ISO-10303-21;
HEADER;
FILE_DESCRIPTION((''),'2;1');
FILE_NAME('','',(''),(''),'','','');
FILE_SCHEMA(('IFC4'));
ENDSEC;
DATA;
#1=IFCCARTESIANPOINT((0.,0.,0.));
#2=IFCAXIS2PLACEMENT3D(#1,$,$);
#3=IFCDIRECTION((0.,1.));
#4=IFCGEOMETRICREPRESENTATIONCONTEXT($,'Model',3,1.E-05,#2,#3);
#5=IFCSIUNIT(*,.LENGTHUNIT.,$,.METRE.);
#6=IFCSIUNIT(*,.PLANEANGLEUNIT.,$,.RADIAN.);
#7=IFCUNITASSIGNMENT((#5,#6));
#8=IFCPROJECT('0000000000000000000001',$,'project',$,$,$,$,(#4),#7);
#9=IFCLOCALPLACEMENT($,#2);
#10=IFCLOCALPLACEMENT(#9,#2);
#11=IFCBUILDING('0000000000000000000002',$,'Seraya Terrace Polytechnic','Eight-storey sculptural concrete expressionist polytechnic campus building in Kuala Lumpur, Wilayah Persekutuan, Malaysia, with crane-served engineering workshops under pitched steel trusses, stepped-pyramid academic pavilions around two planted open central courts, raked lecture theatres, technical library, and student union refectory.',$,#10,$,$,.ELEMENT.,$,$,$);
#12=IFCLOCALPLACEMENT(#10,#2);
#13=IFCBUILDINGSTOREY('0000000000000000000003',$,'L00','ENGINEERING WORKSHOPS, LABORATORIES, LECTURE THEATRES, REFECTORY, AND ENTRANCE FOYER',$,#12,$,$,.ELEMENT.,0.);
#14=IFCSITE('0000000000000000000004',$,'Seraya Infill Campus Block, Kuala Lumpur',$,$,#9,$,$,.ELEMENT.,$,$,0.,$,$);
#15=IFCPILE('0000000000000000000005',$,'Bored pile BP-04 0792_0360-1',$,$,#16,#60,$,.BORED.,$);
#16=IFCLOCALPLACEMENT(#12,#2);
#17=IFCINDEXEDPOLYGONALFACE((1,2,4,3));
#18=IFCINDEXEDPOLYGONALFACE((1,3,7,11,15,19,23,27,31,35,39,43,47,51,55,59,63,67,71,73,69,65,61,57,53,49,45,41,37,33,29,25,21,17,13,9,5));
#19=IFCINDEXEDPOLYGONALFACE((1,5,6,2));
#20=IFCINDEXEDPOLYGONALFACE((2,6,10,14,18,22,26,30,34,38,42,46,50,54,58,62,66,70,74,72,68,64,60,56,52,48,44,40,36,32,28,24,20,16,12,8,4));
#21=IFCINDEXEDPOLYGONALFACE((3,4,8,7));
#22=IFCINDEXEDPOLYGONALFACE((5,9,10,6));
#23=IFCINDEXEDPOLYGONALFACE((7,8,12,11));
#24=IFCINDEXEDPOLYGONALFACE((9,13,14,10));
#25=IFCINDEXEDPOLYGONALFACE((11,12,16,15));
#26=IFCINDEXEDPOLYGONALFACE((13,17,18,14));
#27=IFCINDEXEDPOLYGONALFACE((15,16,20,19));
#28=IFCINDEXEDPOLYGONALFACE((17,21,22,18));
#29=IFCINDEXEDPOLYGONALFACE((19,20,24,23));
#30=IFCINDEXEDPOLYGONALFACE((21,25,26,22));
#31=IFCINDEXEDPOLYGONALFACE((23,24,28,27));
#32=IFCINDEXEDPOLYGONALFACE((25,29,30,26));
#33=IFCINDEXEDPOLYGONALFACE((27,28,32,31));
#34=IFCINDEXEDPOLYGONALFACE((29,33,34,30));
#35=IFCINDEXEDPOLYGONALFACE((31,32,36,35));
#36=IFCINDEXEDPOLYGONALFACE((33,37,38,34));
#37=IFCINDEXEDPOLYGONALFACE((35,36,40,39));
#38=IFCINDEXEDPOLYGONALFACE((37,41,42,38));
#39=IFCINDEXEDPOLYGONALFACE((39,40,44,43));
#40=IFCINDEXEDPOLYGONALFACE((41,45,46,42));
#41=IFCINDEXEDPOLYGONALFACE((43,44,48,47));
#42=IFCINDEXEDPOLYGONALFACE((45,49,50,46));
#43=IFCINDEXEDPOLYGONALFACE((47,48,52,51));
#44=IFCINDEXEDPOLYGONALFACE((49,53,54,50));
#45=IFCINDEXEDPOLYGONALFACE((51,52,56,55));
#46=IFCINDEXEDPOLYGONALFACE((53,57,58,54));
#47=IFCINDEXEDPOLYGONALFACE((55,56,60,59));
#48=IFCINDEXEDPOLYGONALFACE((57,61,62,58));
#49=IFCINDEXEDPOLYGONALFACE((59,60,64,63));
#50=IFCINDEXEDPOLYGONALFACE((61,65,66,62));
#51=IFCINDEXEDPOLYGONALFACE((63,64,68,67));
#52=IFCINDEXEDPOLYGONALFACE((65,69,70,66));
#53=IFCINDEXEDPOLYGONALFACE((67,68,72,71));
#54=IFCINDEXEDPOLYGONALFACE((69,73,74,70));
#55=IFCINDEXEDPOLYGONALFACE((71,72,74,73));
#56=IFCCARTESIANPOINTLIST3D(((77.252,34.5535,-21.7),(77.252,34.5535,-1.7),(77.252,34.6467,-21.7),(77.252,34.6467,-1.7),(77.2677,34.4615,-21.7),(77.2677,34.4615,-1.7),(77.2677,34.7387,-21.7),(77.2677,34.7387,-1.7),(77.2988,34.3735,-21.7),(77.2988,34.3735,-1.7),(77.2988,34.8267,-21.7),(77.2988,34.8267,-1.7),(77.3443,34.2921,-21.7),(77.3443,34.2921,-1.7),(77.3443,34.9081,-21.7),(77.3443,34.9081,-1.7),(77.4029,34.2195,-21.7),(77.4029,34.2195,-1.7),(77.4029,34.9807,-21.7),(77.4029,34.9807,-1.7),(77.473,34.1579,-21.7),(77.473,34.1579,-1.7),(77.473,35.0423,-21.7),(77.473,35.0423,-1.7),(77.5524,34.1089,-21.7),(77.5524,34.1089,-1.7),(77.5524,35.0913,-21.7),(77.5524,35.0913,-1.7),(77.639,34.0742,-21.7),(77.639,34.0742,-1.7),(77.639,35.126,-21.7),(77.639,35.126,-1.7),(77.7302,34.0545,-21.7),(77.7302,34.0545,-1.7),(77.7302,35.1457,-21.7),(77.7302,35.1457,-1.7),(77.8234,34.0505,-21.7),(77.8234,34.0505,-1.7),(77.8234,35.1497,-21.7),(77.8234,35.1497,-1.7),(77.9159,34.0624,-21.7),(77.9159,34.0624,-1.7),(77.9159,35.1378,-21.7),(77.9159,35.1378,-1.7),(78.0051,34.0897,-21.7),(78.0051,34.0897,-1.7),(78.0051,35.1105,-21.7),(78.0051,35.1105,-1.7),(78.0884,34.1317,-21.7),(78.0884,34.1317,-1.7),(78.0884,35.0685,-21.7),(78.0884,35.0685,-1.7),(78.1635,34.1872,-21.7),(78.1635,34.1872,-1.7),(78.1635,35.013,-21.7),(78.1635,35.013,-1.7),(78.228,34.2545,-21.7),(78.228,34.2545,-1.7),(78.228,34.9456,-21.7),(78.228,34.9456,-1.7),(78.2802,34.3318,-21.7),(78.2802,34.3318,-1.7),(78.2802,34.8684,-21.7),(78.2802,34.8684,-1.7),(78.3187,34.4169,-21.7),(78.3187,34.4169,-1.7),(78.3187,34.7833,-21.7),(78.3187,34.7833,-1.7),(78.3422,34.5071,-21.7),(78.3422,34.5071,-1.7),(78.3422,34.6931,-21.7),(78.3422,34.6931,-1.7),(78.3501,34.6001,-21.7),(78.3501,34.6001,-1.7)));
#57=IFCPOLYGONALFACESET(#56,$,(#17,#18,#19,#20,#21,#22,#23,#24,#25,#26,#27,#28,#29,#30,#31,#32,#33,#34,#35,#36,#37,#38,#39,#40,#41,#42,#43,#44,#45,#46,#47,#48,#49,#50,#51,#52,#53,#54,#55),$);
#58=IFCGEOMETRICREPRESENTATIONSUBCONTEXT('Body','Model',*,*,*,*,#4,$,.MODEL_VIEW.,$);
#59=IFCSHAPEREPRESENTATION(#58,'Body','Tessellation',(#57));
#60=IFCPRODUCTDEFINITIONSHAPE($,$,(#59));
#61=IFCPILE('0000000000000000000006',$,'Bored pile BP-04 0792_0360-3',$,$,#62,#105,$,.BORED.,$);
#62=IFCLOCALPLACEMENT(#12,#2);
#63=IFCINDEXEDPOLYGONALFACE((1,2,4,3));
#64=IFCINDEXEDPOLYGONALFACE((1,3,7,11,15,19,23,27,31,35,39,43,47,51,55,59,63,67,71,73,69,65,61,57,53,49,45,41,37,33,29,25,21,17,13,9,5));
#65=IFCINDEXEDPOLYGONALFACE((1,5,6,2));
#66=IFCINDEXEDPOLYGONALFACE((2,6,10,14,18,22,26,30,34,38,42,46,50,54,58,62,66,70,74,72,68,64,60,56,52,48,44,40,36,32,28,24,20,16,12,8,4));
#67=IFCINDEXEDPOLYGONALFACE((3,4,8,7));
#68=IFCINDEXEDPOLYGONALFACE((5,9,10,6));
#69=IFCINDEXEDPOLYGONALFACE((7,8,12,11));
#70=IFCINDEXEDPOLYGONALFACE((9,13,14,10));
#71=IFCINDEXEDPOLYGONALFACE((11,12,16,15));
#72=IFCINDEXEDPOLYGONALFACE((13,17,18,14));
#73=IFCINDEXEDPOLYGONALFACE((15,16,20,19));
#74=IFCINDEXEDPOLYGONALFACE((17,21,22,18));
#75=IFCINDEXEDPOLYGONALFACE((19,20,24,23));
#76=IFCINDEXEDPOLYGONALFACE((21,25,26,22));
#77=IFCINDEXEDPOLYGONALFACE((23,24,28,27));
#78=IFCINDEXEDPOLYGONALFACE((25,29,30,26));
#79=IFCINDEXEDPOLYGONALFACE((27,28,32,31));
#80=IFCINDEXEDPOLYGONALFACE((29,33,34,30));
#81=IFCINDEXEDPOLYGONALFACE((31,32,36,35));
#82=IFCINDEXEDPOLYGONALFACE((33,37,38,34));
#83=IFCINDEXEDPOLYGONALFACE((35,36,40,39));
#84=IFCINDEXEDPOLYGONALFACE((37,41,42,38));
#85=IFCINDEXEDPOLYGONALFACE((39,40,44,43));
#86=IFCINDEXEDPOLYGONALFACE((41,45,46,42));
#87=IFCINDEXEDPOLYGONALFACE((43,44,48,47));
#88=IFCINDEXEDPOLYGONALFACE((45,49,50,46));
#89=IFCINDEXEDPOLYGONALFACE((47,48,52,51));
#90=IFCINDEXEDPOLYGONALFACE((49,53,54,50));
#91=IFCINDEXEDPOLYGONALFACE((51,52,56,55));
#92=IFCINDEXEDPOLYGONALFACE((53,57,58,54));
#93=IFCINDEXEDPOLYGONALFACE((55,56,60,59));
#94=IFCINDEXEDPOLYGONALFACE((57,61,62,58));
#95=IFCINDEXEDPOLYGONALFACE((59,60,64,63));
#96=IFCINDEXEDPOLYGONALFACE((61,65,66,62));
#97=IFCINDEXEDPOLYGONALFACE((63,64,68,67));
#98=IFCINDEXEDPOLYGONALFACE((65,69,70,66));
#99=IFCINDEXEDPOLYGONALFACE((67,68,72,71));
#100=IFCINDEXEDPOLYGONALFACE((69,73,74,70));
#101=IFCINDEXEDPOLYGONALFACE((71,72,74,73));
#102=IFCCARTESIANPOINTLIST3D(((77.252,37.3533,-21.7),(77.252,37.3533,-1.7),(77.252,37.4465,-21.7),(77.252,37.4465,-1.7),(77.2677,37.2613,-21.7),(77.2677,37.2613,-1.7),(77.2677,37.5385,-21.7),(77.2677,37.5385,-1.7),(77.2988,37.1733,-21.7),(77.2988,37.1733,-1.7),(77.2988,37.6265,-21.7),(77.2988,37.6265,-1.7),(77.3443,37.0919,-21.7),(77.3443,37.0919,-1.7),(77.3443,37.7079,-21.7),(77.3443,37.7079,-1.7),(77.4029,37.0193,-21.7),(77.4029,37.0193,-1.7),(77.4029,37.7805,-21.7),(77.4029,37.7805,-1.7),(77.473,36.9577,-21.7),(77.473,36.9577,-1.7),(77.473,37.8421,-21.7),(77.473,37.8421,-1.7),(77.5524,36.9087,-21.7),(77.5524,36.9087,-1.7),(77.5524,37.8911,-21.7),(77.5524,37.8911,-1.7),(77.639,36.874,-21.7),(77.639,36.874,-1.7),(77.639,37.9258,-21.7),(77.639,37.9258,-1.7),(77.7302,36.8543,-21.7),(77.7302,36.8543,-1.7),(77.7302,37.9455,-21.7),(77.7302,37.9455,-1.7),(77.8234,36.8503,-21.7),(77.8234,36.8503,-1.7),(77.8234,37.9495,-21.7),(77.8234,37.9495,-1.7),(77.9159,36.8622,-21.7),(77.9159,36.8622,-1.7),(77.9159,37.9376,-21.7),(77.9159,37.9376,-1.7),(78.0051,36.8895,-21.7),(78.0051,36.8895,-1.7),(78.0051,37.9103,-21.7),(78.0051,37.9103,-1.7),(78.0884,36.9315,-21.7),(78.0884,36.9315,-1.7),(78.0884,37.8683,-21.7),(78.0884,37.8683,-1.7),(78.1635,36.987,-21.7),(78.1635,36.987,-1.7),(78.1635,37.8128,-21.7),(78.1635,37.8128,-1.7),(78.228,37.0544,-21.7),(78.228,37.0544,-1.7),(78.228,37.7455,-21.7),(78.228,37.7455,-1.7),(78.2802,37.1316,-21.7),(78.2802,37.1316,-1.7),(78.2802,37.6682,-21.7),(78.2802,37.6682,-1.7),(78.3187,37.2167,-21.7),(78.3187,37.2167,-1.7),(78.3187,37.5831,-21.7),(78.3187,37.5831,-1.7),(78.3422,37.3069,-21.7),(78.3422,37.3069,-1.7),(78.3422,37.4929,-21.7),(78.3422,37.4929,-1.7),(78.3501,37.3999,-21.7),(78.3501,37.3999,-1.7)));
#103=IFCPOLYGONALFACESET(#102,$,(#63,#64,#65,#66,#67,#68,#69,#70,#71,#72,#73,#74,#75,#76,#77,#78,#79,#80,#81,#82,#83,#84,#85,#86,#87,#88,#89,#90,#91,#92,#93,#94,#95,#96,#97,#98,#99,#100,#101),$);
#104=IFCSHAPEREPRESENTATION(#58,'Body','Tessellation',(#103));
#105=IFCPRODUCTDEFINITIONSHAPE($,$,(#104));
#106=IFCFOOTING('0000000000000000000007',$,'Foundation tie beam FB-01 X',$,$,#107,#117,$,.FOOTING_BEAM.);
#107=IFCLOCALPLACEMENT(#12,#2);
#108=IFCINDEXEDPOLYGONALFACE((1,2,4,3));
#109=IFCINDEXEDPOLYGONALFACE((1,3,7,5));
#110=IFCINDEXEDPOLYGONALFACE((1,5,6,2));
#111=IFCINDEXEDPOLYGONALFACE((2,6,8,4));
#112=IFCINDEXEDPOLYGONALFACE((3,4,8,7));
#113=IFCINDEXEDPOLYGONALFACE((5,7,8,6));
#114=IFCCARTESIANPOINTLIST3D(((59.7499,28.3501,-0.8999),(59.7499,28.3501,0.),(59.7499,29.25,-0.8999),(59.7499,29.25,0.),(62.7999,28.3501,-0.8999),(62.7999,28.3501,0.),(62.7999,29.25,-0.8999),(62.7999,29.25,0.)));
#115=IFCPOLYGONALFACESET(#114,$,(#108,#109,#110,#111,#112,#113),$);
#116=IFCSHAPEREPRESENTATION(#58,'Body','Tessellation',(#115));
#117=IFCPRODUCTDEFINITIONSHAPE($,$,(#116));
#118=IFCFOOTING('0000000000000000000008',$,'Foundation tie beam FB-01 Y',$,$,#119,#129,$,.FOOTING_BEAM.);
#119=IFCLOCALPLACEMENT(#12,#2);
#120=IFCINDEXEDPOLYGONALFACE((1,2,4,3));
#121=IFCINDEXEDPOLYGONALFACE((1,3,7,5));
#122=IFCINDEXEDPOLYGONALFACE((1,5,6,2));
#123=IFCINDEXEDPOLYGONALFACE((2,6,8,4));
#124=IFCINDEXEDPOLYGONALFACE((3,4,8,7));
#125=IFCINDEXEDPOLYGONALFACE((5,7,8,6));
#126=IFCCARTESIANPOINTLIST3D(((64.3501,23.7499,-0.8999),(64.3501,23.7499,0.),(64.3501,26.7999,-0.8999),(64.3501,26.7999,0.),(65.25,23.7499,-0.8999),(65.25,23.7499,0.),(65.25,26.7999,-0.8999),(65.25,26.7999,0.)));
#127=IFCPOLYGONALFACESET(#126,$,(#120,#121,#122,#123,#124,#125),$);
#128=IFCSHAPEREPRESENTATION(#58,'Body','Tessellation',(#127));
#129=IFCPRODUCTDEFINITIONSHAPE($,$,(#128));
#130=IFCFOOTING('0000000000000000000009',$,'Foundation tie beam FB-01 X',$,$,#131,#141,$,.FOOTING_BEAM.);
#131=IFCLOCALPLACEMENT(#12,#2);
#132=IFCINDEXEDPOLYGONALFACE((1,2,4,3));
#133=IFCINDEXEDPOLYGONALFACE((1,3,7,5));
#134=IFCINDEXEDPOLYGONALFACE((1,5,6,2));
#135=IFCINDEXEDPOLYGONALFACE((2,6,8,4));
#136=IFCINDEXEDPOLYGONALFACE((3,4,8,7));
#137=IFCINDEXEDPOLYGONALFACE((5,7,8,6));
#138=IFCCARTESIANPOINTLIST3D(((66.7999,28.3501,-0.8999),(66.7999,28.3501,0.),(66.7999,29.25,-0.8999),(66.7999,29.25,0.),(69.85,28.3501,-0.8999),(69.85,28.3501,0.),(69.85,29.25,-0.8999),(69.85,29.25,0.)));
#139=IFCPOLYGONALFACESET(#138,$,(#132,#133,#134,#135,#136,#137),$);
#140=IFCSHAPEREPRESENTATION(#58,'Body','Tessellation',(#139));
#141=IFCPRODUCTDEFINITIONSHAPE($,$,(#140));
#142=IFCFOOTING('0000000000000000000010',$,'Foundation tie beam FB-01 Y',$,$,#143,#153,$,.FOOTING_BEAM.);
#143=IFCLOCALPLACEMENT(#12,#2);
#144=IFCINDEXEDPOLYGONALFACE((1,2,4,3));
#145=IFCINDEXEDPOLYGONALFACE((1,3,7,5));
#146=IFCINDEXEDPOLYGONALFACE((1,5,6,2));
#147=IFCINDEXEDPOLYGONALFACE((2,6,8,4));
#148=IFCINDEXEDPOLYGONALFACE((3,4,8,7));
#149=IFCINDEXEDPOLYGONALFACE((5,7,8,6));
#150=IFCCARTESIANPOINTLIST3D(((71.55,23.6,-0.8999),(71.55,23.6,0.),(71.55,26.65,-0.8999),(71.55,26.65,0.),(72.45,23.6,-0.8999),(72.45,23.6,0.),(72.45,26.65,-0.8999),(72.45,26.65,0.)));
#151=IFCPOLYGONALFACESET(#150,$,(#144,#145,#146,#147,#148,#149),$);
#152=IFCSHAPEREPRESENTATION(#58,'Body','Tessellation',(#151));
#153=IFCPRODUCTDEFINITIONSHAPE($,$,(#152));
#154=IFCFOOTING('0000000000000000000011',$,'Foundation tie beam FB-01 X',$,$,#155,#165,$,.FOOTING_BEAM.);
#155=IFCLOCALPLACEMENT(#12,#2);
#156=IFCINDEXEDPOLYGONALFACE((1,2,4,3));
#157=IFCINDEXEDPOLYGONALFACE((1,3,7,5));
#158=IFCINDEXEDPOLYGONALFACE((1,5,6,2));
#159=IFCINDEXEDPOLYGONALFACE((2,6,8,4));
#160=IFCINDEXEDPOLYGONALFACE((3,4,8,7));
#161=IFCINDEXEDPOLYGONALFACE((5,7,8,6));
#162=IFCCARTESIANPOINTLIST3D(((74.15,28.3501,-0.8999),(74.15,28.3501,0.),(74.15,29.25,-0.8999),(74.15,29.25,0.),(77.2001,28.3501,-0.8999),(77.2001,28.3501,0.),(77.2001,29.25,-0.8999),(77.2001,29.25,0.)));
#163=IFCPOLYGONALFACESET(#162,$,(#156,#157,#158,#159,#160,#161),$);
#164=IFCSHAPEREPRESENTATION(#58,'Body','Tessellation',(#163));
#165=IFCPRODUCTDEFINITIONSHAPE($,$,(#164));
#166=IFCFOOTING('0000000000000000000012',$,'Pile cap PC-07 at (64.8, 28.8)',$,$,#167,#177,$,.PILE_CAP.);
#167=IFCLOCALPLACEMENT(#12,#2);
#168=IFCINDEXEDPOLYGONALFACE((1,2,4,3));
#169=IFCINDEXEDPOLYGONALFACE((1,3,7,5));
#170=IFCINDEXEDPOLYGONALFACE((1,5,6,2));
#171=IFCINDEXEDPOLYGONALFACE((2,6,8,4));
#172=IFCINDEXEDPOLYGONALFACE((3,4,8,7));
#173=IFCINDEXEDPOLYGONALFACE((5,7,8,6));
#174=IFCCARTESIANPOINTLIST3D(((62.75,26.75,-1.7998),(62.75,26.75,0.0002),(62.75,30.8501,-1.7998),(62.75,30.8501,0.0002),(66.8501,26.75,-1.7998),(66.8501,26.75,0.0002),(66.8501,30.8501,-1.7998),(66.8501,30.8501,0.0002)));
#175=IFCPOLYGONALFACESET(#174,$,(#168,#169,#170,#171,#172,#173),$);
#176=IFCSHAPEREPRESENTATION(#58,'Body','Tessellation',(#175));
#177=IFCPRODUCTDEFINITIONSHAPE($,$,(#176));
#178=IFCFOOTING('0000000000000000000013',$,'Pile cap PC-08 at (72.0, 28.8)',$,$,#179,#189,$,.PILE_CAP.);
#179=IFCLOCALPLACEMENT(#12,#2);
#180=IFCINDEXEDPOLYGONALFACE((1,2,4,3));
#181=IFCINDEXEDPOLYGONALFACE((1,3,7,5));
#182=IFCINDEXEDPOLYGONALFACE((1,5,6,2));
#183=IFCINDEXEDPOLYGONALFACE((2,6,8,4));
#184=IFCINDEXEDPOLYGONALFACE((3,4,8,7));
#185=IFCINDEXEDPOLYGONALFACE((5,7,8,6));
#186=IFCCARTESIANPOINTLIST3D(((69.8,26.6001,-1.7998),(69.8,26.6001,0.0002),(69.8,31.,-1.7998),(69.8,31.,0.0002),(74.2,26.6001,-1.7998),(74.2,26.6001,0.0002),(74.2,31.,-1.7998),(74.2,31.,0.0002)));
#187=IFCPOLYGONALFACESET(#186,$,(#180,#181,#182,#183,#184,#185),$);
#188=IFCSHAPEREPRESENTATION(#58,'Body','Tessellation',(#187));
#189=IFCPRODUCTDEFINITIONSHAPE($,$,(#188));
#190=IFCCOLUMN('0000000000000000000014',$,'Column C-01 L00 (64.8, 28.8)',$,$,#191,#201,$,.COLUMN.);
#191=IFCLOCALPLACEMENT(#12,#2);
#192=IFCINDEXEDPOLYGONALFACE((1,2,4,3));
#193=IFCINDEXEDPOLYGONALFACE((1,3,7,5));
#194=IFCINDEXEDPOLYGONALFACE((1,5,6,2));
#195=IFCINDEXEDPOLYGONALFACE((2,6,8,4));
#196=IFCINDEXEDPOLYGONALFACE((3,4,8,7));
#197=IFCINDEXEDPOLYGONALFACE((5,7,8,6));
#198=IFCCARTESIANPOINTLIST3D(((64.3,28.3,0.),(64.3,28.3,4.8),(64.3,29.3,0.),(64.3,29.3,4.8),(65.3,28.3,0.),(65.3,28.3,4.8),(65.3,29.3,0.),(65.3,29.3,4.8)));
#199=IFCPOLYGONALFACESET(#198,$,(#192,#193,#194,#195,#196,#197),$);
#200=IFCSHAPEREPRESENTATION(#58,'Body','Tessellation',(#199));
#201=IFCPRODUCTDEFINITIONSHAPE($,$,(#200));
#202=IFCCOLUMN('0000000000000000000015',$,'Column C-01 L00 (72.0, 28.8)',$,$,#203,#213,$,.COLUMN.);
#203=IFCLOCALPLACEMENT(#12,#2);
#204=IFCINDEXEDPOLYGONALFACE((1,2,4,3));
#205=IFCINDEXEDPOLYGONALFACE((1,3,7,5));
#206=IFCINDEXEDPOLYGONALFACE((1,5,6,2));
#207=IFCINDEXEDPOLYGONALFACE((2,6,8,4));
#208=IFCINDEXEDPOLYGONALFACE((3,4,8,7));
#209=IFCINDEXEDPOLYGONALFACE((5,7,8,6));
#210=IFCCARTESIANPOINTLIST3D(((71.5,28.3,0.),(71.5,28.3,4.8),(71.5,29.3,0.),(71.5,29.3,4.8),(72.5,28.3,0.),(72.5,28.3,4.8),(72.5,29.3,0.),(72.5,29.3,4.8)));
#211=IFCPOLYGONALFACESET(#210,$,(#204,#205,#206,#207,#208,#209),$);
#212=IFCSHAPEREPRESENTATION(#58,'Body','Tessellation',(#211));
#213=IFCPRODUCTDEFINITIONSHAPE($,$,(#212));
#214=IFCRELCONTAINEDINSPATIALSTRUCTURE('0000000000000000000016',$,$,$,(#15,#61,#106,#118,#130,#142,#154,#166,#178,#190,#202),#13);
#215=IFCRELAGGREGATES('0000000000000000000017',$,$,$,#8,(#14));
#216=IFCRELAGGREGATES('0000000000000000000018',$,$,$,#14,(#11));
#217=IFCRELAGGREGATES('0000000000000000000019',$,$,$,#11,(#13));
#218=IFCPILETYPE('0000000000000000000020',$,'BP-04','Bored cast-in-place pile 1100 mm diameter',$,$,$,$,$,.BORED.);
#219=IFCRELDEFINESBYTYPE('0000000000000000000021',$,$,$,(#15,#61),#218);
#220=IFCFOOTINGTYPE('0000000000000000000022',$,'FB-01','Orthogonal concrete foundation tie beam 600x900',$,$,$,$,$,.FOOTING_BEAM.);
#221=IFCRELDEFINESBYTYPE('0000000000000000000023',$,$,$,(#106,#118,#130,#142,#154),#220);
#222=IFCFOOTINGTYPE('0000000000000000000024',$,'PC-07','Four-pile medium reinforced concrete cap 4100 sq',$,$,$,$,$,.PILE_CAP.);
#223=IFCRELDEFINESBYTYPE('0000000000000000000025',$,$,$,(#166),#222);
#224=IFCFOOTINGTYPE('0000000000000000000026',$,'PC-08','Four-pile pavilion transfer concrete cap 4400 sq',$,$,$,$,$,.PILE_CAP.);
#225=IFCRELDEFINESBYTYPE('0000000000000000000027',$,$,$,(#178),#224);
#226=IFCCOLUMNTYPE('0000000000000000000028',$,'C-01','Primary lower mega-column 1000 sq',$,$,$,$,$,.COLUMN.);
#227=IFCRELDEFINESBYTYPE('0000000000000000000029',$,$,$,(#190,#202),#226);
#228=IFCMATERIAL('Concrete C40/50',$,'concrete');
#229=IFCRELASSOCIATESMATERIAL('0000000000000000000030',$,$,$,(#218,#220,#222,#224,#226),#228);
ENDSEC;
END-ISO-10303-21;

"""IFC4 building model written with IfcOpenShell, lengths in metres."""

from ifc_helpers import new_model, si_unit, direction, frame, origin, origin_2d, place, context, subcontext, project, spatial, rectangle, circle, extrude, material, material_profile, profile_set, type_object, element, save


model = new_model("IFC4")

# Units and contexts
model_context = context("Model", 3, precision=1e-05, world=origin(), true_north=direction((0.0, 1.0)))
body_context = subcontext(model_context, "Body", "Model", "MODEL_VIEW")
ifc_project = project(units=[si_unit("LENGTHUNIT", "METRE"), si_unit("PLANEANGLEUNIT", "RADIAN")], contexts=[model_context])

# Site, building, storey
site_placement = place(None, origin())
site = spatial("IfcSite", under=ifc_project, at=site_placement, Name="Seraya Infill Campus Block, Kuala Lumpur", CompositionType="ELEMENT", RefElevation=0.0)
building_placement = place(site_placement, origin())
building = spatial("IfcBuilding", under=site, at=building_placement, Name="Seraya Terrace Polytechnic", Description="Eight-storey sculptural concrete expressionist polytechnic campus building in Kuala Lumpur, Wilayah Persekutuan, Malaysia, with crane-served engineering workshops under pitched steel trusses, stepped-pyramid academic pavilions around two planted open central courts, raked lecture theatres, technical library, and student union refectory.", CompositionType="ELEMENT")
storey_placement = place(building_placement, origin())
storey = spatial("IfcBuildingStorey", under=building, at=storey_placement, Name="L00", Description="ENGINEERING WORKSHOPS, LABORATORIES, LECTURE THEATRES, REFECTORY, AND ENTRANCE FOYER", CompositionType="ELEMENT", Elevation=0.0)

# Piles
ifc_material_1 = material(Name="Concrete C40/50", Category="concrete")
ifc_material_profile_1 = material_profile(ifc_material_1, circle(Radius=0.55, at=origin_2d()), Name="DIA 1100")
ifc_profile_set_1 = profile_set([ifc_material_profile_1], Name="Concrete C40/50")
pile_type_1 = type_object("IfcPileType", Name="BP-04", Description="Bored cast-in-place pile 1100 mm diameter", PredefinedType="BORED", material=ifc_profile_set_1)
for number, where, z_axis, x_axis, name in (
    (1, (77.8, 34.6001, -1.7), (0.0, 0.0, -1.0), (1.0, 0.0, 0.0), "Bored pile BP-04 0792_0360-1"),
    (2, (77.8, 37.3999, -1.7), (0.0, 0.0, -1.0), (1.0, 0.0, 0.0), "Bored pile BP-04 0792_0360-3"),
):
    element("IfcPile", number, at=place(storey_placement, frame(where, z_axis=z_axis, x_axis=x_axis)), inside=storey, type_object=pile_type_1, Name=name, PredefinedType="BORED", context=body_context, shape_type="SweptSolid", body=[
        extrude(circle(Radius=0.55, at=origin_2d()), origin(), (0.0, 0.0, 1.0), 20.0),
    ])

# Footings
footing_type_1 = type_object("IfcFootingType", Name="FB-01", Description="Orthogonal concrete foundation tie beam 600x900", PredefinedType="FOOTING_BEAM", material=ifc_material_1)
for number, where, z_axis, x_axis, name in (
    (3, (61.2749, 28.8, -0.8999), (0.0, 0.0, 1.0), (1.0, 0.0, 0.0), "Foundation tie beam FB-01 X"),
    (4, (64.8, 25.2749, -0.8999), (0.0, 0.0, 1.0), (0.0, 1.0, 0.0), "Foundation tie beam FB-01 Y"),
    (5, (68.325, 28.8, -0.8999), (0.0, 0.0, 1.0), (1.0, 0.0, 0.0), "Foundation tie beam FB-01 X"),
    (6, (72.0, 25.125, -0.8999), (0.0, 0.0, 1.0), (0.0, 1.0, 0.0), "Foundation tie beam FB-01 Y"),
    (7, (75.675, 28.8, -0.8999), (0.0, 0.0, 1.0), (1.0, 0.0, 0.0), "Foundation tie beam FB-01 X"),
):
    element("IfcFooting", number, at=place(storey_placement, frame(where, z_axis=z_axis, x_axis=x_axis)), inside=storey, type_object=footing_type_1, Name=name, PredefinedType="FOOTING_BEAM", context=body_context, shape_type="SweptSolid", body=[
        extrude(rectangle(XDim=3.05, YDim=0.8999, at=origin_2d()), origin(), (0.0, 0.0, 1.0), 0.8999),
    ])
footing_type_2 = type_object("IfcFootingType", Name="PC-07", Description="Four-pile medium reinforced concrete cap 4100 sq", PredefinedType="PILE_CAP", material=ifc_material_1)
footing_1_placement = place(storey_placement, frame((64.8, 28.8, -1.7998), z_axis=(0.0, 0.0, 1.0), x_axis=(1.0, 0.0, 0.0)))
element("IfcFooting", 8, at=footing_1_placement, inside=storey, type_object=footing_type_2, Name="Pile cap PC-07 at (64.8, 28.8)", PredefinedType="PILE_CAP", context=body_context, shape_type="SweptSolid", body=[
    extrude(rectangle(XDim=4.1001, YDim=4.1001, at=origin_2d()), origin(), (0.0, 0.0, 1.0), 1.8),
])
footing_type_3 = type_object("IfcFootingType", Name="PC-08", Description="Four-pile pavilion transfer concrete cap 4400 sq", PredefinedType="PILE_CAP", material=ifc_material_1)
footing_2_placement = place(storey_placement, frame((72.0, 28.8, -1.7998), z_axis=(0.0, 0.0, 1.0), x_axis=(1.0, 0.0, 0.0)))
element("IfcFooting", 9, at=footing_2_placement, inside=storey, type_object=footing_type_3, Name="Pile cap PC-08 at (72.0, 28.8)", PredefinedType="PILE_CAP", context=body_context, shape_type="SweptSolid", body=[
    extrude(rectangle(XDim=4.3999, YDim=4.3999, at=origin_2d()), origin(), (0.0, 0.0, 1.0), 1.8),
])

# Columns
ifc_material_profile_2 = material_profile(ifc_material_1, rectangle(XDim=1.0, YDim=1.0, at=origin_2d()), Name="RC 1000x1000")
ifc_profile_set_2 = profile_set([ifc_material_profile_2], Name="Concrete C40/50")
column_type = type_object("IfcColumnType", Name="C-01", Description="Primary lower mega-column 1000 sq", PredefinedType="COLUMN", material=ifc_profile_set_2)
for number, where, z_axis, x_axis, name in (
    (10, (64.8, 28.8, 0.0), (0.0, 0.0, 1.0), (1.0, 0.0, 0.0), "Column C-01 L00 (64.8, 28.8)"),
    (11, (72.0, 28.8, 0.0), (0.0, 0.0, 1.0), (1.0, 0.0, 0.0), "Column C-01 L00 (72.0, 28.8)"),
):
    element("IfcColumn", number, at=place(storey_placement, frame(where, z_axis=z_axis, x_axis=x_axis)), inside=storey, type_object=column_type, Name=name, PredefinedType="COLUMN", context=body_context, shape_type="SweptSolid", body=[
        extrude(rectangle(XDim=1.0, YDim=1.0, at=origin_2d()), origin(), (0.0, 0.0, 1.0), 4.8),
    ])

save(model, "model.ifc")
